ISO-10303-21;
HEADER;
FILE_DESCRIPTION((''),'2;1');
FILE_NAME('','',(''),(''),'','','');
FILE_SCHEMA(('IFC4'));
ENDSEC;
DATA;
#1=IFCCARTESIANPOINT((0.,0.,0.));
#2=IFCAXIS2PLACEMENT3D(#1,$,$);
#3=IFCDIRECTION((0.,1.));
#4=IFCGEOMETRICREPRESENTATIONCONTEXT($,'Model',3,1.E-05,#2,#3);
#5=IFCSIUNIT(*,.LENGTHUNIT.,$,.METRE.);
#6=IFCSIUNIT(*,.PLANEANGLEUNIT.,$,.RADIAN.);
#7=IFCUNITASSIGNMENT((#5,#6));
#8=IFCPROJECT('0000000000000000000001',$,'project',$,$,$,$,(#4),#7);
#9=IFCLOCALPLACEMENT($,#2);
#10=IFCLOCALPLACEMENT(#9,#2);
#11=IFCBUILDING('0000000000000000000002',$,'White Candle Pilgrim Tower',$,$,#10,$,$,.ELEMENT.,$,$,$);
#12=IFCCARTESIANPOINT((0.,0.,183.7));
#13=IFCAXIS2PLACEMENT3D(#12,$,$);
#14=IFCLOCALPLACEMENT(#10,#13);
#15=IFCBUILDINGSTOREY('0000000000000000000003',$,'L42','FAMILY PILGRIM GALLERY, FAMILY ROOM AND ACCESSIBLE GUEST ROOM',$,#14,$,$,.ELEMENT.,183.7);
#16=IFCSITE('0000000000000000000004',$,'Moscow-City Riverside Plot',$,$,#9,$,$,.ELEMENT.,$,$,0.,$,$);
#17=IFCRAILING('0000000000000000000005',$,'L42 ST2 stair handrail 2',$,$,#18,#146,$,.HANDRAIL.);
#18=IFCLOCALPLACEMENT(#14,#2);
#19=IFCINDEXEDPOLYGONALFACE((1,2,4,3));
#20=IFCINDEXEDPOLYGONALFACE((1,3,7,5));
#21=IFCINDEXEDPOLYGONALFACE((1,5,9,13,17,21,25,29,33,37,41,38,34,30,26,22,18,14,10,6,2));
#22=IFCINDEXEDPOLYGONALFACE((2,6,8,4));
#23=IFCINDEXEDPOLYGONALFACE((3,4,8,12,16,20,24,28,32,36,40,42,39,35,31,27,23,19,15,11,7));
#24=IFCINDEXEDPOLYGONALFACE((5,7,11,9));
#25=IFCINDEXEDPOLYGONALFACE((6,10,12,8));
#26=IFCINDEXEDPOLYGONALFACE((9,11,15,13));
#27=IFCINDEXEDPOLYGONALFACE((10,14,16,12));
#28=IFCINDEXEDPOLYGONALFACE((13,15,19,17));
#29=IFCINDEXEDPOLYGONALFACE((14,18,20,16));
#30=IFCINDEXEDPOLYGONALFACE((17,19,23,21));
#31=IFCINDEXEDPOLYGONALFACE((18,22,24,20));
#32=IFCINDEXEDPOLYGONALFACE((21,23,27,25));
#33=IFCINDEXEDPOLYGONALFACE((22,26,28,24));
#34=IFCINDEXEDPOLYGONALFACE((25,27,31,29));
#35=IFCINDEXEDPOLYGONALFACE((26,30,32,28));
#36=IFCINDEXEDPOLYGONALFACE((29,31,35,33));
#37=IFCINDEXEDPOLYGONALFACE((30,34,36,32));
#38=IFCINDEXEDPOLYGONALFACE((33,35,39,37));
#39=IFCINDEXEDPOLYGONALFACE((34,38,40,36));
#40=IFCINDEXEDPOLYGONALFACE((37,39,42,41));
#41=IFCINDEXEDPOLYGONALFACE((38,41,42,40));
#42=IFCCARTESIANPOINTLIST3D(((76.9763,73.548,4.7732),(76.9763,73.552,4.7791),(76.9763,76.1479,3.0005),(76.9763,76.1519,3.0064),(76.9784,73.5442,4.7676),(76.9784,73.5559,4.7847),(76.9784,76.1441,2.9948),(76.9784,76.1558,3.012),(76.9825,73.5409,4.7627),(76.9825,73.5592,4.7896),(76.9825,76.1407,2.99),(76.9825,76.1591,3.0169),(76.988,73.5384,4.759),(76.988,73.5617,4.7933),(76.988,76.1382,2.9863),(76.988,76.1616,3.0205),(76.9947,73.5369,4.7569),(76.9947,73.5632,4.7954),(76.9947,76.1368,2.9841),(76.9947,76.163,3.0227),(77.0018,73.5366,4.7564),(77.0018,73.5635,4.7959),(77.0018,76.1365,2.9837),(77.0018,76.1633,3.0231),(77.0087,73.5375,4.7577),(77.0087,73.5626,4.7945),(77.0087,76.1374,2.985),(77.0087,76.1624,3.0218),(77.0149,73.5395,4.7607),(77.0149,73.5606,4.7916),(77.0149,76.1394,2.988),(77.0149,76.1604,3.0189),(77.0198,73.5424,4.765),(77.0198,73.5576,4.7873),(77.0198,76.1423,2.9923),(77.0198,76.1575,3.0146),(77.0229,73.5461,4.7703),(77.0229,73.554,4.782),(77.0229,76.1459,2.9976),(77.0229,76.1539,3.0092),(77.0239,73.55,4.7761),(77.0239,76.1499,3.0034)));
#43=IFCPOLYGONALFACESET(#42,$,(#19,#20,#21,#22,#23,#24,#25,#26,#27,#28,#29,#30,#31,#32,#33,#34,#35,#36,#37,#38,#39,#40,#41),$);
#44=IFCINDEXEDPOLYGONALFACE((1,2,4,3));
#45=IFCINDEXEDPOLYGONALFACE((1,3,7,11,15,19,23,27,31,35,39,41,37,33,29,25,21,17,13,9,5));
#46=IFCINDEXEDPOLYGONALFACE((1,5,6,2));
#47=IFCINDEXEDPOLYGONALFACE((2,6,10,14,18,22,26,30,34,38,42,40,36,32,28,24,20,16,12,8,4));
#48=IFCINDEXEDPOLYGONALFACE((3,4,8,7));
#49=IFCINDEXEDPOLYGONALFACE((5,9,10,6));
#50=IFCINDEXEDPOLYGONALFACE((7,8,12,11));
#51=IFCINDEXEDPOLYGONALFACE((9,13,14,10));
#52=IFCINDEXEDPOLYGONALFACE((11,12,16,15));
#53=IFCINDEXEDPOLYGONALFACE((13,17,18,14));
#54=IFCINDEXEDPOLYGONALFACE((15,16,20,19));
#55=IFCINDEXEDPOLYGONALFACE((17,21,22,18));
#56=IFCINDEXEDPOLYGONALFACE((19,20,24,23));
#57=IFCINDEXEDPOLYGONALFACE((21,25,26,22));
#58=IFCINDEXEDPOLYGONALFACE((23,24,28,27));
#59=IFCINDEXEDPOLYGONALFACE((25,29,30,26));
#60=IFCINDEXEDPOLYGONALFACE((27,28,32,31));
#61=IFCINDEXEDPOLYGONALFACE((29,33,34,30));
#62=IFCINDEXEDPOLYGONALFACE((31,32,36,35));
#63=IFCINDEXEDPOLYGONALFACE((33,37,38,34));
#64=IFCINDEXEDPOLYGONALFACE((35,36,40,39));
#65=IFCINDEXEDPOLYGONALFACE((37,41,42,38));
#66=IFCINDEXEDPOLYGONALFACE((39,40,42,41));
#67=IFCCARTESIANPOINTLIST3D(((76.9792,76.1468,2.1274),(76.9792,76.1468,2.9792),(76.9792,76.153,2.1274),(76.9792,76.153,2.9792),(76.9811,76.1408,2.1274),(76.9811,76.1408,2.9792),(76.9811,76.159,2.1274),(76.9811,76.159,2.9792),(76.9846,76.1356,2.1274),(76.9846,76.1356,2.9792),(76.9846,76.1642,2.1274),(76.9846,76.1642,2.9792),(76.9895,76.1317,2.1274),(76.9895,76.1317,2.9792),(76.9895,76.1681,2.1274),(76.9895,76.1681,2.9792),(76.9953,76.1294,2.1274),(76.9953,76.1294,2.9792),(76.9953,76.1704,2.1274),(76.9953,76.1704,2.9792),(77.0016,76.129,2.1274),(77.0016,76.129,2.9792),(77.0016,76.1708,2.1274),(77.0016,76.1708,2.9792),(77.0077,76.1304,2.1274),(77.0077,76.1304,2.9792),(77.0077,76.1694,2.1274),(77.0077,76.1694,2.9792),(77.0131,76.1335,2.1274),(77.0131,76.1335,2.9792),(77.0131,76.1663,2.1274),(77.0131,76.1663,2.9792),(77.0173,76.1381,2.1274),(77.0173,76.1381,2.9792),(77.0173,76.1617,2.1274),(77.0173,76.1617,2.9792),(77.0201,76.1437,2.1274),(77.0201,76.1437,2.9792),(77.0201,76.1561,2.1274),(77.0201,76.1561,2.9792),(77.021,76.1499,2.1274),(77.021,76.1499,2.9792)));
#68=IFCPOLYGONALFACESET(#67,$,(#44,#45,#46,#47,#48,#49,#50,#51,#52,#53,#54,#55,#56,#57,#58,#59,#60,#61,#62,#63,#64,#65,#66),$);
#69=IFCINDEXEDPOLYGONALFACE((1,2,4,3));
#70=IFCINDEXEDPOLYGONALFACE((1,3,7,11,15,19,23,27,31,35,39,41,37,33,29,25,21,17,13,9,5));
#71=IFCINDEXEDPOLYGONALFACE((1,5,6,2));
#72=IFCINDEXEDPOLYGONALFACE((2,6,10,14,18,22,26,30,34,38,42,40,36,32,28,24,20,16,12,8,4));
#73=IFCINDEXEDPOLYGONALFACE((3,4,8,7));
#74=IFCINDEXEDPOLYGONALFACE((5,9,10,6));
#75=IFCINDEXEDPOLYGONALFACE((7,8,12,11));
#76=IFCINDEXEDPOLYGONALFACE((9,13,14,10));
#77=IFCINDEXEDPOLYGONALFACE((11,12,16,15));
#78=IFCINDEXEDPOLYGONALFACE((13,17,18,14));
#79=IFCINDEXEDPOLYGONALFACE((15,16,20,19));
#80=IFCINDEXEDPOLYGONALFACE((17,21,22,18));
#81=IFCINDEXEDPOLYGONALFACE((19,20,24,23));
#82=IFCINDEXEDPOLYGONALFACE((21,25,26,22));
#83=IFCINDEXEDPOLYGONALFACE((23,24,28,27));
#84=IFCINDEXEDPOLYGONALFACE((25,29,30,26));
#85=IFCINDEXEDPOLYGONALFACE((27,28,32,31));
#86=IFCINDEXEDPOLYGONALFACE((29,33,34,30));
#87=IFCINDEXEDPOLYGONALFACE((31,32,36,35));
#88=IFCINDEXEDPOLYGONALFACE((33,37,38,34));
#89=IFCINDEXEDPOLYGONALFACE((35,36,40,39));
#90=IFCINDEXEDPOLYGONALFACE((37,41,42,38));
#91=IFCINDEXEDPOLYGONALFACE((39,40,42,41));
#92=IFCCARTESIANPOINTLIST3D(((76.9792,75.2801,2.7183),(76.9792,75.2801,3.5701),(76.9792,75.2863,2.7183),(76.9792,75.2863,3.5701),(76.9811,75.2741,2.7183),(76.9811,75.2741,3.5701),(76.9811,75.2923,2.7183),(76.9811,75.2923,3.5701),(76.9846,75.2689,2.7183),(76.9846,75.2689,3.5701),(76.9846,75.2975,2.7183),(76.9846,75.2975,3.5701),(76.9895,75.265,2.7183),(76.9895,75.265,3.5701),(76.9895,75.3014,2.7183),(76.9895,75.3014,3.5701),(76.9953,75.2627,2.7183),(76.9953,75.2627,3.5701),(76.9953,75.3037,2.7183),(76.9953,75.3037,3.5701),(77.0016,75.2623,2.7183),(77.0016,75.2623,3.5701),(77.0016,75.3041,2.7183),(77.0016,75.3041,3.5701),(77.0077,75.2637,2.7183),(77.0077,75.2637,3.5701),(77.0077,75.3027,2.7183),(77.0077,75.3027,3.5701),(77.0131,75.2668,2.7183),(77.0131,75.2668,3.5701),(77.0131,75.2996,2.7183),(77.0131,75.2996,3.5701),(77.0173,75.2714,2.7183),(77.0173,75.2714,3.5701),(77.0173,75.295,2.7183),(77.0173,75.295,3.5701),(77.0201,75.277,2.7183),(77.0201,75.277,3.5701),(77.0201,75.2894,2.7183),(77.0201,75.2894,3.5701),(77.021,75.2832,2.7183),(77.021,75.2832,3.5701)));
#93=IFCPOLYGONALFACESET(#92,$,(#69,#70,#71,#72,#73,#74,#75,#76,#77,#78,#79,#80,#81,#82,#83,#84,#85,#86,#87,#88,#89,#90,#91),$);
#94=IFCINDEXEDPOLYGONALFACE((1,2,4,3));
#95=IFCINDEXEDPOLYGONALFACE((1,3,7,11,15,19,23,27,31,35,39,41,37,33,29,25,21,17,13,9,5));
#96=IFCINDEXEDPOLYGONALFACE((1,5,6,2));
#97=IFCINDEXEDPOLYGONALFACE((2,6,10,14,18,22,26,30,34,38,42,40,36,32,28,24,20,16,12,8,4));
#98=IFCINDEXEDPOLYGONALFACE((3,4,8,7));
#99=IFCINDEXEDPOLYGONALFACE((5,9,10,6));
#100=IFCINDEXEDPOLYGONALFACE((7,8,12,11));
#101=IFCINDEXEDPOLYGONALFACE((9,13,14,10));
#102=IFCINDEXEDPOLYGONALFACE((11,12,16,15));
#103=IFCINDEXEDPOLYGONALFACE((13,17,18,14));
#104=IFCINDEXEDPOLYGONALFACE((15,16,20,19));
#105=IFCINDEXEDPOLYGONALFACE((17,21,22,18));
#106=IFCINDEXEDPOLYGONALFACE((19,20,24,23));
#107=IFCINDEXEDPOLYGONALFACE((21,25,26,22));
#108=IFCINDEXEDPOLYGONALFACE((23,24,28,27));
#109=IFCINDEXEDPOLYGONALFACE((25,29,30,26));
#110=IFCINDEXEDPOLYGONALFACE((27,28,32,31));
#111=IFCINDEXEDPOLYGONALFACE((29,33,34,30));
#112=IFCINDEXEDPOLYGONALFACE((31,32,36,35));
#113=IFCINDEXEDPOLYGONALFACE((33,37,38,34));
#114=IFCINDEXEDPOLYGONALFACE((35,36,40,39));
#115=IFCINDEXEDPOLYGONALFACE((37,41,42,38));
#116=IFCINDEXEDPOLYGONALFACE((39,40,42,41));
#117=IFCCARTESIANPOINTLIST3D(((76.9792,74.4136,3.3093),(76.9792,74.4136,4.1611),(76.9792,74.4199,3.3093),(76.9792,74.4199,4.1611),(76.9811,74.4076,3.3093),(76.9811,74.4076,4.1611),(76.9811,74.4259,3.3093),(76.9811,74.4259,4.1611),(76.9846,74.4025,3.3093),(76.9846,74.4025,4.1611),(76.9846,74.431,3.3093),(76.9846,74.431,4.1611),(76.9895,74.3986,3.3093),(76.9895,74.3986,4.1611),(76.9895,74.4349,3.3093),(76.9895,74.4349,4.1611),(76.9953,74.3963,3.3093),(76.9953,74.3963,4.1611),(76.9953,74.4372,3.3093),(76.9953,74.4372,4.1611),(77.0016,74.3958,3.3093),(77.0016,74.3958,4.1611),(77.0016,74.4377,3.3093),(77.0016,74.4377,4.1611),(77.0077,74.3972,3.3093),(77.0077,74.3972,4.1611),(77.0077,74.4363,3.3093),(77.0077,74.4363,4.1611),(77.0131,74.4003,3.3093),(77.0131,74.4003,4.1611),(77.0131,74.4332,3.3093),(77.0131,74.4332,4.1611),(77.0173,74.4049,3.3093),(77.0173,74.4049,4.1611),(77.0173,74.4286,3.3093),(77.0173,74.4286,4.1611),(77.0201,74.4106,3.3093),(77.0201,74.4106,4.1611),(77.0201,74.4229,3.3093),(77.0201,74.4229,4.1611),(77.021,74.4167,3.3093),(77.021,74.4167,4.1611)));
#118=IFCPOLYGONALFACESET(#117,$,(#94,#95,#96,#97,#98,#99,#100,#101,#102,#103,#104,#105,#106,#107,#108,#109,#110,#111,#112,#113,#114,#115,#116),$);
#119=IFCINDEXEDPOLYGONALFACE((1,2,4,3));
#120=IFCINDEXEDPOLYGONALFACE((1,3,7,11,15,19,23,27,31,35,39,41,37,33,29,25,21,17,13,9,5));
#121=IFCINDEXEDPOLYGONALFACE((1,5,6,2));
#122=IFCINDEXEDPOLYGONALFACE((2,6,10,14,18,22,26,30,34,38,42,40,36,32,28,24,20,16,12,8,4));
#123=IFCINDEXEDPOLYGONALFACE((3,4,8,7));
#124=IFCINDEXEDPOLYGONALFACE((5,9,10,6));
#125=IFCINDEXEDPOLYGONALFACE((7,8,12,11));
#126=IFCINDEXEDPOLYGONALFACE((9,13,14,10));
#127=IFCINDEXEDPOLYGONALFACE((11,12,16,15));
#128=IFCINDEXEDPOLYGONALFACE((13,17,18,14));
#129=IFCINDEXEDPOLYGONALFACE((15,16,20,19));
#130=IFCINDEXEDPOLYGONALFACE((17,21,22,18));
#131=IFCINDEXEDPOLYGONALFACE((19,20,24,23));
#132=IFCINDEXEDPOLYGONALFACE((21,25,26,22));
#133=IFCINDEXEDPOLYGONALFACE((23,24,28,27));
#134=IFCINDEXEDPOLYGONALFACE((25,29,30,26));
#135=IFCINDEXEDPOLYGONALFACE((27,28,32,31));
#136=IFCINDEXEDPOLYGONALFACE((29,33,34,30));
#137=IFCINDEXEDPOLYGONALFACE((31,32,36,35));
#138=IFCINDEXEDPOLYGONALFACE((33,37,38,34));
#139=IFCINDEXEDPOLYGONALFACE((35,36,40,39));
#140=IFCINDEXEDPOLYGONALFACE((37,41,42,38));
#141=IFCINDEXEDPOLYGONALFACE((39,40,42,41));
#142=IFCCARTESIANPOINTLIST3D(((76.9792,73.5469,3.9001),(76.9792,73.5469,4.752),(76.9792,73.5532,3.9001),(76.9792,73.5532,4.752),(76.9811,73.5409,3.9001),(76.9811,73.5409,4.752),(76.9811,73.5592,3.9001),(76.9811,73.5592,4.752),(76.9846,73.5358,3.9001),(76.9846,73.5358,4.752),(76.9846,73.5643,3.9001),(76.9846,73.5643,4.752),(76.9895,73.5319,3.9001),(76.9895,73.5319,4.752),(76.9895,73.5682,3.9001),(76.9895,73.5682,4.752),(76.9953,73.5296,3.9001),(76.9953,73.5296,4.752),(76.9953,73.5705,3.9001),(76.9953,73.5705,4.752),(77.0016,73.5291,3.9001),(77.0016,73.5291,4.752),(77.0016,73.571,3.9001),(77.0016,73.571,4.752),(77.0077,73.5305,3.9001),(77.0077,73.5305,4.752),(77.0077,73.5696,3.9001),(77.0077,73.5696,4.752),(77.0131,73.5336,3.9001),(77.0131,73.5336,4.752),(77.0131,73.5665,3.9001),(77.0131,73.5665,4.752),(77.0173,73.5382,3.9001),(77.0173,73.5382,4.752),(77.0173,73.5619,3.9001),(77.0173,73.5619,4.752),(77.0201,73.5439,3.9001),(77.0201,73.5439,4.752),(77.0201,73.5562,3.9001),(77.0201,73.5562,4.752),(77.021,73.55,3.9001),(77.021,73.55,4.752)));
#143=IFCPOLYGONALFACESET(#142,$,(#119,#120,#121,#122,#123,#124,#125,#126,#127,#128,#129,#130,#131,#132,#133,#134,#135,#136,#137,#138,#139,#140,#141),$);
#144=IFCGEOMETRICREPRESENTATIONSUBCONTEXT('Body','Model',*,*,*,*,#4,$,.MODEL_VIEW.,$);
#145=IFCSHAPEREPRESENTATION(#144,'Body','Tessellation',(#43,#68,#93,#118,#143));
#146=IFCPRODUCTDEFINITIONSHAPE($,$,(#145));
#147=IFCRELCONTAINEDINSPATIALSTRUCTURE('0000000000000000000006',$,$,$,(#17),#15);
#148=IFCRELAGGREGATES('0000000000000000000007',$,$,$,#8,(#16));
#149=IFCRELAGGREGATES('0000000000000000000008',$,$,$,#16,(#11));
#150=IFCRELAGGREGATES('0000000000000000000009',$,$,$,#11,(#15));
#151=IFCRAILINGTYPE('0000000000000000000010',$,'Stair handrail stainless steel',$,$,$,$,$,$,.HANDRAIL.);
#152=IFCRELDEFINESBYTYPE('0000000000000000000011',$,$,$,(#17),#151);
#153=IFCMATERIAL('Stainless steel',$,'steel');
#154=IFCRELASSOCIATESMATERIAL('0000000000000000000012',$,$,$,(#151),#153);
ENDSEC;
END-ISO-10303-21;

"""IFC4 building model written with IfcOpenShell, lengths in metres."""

from ifc_helpers import new_model, si_unit, direction, frame, origin, origin_2d, place, context, subcontext, project, spatial, circle, extrude, material, type_object, element, save


model = new_model("IFC4")

# Units and contexts
model_context = context("Model", 3, precision=1e-05, world=origin(), true_north=direction((0.0, 1.0)))
body_context = subcontext(model_context, "Body", "Model", "MODEL_VIEW")
ifc_project = project(units=[si_unit("LENGTHUNIT", "METRE"), si_unit("PLANEANGLEUNIT", "RADIAN")], contexts=[model_context])

# Site, building, storey
site_placement = place(None, origin())
site = spatial("IfcSite", under=ifc_project, at=site_placement, Name="Moscow-City Riverside Plot", CompositionType="ELEMENT", RefElevation=0.0)
building_placement = place(site_placement, origin())
building = spatial("IfcBuilding", under=site, at=building_placement, Name="White Candle Pilgrim Tower", CompositionType="ELEMENT")
storey_placement = place(building_placement, frame((0.0, 0.0, 183.7)))
storey = spatial("IfcBuildingStorey", under=building, at=storey_placement, Name="L42", Description="FAMILY PILGRIM GALLERY, FAMILY ROOM AND ACCESSIBLE GUEST ROOM", CompositionType="ELEMENT", Elevation=183.7)

# Railing
ifc_material_1 = material(Name="Stainless steel", Category="steel")
railing_type_1 = type_object("IfcRailingType", Name="Stair handrail stainless steel", PredefinedType="HANDRAIL", material=ifc_material_1)
railing_1_placement = place(storey_placement, frame((77.0, 76.1499, 2.1274)))
element("IfcRailing", 1, at=railing_1_placement, inside=storey, type_object=railing_type_1, Name="L42 ST2 stair handrail 2", PredefinedType="HANDRAIL", context=body_context, shape_type="SweptSolid", body=[
    extrude(circle(Radius=0.0239, at=origin_2d()), frame((0.0, 0.0, 0.876), z_axis=(0.0, -0.826216, 0.563354), x_axis=(1.0, 0.0, 0.0)), (0.0, 0.0, 1.0), 3.1467),
    extrude(circle(Radius=0.021, at=origin_2d()), origin(), (0.0, 0.0, 1.0), 0.8518),
    extrude(circle(Radius=0.021, at=origin_2d()), frame((0.0, -0.8667, 0.5908)), (0.0, 0.0, 1.0), 0.8518),
    extrude(circle(Radius=0.021, at=origin_2d()), frame((0.0, -1.7332, 1.1819)), (0.0, 0.0, 1.0), 0.8518),
    extrude(circle(Radius=0.021, at=origin_2d()), frame((0.0, -2.5999, 1.7727)), (0.0, 0.0, 1.0), 0.8518),
])

save(model, "model.ifc")
